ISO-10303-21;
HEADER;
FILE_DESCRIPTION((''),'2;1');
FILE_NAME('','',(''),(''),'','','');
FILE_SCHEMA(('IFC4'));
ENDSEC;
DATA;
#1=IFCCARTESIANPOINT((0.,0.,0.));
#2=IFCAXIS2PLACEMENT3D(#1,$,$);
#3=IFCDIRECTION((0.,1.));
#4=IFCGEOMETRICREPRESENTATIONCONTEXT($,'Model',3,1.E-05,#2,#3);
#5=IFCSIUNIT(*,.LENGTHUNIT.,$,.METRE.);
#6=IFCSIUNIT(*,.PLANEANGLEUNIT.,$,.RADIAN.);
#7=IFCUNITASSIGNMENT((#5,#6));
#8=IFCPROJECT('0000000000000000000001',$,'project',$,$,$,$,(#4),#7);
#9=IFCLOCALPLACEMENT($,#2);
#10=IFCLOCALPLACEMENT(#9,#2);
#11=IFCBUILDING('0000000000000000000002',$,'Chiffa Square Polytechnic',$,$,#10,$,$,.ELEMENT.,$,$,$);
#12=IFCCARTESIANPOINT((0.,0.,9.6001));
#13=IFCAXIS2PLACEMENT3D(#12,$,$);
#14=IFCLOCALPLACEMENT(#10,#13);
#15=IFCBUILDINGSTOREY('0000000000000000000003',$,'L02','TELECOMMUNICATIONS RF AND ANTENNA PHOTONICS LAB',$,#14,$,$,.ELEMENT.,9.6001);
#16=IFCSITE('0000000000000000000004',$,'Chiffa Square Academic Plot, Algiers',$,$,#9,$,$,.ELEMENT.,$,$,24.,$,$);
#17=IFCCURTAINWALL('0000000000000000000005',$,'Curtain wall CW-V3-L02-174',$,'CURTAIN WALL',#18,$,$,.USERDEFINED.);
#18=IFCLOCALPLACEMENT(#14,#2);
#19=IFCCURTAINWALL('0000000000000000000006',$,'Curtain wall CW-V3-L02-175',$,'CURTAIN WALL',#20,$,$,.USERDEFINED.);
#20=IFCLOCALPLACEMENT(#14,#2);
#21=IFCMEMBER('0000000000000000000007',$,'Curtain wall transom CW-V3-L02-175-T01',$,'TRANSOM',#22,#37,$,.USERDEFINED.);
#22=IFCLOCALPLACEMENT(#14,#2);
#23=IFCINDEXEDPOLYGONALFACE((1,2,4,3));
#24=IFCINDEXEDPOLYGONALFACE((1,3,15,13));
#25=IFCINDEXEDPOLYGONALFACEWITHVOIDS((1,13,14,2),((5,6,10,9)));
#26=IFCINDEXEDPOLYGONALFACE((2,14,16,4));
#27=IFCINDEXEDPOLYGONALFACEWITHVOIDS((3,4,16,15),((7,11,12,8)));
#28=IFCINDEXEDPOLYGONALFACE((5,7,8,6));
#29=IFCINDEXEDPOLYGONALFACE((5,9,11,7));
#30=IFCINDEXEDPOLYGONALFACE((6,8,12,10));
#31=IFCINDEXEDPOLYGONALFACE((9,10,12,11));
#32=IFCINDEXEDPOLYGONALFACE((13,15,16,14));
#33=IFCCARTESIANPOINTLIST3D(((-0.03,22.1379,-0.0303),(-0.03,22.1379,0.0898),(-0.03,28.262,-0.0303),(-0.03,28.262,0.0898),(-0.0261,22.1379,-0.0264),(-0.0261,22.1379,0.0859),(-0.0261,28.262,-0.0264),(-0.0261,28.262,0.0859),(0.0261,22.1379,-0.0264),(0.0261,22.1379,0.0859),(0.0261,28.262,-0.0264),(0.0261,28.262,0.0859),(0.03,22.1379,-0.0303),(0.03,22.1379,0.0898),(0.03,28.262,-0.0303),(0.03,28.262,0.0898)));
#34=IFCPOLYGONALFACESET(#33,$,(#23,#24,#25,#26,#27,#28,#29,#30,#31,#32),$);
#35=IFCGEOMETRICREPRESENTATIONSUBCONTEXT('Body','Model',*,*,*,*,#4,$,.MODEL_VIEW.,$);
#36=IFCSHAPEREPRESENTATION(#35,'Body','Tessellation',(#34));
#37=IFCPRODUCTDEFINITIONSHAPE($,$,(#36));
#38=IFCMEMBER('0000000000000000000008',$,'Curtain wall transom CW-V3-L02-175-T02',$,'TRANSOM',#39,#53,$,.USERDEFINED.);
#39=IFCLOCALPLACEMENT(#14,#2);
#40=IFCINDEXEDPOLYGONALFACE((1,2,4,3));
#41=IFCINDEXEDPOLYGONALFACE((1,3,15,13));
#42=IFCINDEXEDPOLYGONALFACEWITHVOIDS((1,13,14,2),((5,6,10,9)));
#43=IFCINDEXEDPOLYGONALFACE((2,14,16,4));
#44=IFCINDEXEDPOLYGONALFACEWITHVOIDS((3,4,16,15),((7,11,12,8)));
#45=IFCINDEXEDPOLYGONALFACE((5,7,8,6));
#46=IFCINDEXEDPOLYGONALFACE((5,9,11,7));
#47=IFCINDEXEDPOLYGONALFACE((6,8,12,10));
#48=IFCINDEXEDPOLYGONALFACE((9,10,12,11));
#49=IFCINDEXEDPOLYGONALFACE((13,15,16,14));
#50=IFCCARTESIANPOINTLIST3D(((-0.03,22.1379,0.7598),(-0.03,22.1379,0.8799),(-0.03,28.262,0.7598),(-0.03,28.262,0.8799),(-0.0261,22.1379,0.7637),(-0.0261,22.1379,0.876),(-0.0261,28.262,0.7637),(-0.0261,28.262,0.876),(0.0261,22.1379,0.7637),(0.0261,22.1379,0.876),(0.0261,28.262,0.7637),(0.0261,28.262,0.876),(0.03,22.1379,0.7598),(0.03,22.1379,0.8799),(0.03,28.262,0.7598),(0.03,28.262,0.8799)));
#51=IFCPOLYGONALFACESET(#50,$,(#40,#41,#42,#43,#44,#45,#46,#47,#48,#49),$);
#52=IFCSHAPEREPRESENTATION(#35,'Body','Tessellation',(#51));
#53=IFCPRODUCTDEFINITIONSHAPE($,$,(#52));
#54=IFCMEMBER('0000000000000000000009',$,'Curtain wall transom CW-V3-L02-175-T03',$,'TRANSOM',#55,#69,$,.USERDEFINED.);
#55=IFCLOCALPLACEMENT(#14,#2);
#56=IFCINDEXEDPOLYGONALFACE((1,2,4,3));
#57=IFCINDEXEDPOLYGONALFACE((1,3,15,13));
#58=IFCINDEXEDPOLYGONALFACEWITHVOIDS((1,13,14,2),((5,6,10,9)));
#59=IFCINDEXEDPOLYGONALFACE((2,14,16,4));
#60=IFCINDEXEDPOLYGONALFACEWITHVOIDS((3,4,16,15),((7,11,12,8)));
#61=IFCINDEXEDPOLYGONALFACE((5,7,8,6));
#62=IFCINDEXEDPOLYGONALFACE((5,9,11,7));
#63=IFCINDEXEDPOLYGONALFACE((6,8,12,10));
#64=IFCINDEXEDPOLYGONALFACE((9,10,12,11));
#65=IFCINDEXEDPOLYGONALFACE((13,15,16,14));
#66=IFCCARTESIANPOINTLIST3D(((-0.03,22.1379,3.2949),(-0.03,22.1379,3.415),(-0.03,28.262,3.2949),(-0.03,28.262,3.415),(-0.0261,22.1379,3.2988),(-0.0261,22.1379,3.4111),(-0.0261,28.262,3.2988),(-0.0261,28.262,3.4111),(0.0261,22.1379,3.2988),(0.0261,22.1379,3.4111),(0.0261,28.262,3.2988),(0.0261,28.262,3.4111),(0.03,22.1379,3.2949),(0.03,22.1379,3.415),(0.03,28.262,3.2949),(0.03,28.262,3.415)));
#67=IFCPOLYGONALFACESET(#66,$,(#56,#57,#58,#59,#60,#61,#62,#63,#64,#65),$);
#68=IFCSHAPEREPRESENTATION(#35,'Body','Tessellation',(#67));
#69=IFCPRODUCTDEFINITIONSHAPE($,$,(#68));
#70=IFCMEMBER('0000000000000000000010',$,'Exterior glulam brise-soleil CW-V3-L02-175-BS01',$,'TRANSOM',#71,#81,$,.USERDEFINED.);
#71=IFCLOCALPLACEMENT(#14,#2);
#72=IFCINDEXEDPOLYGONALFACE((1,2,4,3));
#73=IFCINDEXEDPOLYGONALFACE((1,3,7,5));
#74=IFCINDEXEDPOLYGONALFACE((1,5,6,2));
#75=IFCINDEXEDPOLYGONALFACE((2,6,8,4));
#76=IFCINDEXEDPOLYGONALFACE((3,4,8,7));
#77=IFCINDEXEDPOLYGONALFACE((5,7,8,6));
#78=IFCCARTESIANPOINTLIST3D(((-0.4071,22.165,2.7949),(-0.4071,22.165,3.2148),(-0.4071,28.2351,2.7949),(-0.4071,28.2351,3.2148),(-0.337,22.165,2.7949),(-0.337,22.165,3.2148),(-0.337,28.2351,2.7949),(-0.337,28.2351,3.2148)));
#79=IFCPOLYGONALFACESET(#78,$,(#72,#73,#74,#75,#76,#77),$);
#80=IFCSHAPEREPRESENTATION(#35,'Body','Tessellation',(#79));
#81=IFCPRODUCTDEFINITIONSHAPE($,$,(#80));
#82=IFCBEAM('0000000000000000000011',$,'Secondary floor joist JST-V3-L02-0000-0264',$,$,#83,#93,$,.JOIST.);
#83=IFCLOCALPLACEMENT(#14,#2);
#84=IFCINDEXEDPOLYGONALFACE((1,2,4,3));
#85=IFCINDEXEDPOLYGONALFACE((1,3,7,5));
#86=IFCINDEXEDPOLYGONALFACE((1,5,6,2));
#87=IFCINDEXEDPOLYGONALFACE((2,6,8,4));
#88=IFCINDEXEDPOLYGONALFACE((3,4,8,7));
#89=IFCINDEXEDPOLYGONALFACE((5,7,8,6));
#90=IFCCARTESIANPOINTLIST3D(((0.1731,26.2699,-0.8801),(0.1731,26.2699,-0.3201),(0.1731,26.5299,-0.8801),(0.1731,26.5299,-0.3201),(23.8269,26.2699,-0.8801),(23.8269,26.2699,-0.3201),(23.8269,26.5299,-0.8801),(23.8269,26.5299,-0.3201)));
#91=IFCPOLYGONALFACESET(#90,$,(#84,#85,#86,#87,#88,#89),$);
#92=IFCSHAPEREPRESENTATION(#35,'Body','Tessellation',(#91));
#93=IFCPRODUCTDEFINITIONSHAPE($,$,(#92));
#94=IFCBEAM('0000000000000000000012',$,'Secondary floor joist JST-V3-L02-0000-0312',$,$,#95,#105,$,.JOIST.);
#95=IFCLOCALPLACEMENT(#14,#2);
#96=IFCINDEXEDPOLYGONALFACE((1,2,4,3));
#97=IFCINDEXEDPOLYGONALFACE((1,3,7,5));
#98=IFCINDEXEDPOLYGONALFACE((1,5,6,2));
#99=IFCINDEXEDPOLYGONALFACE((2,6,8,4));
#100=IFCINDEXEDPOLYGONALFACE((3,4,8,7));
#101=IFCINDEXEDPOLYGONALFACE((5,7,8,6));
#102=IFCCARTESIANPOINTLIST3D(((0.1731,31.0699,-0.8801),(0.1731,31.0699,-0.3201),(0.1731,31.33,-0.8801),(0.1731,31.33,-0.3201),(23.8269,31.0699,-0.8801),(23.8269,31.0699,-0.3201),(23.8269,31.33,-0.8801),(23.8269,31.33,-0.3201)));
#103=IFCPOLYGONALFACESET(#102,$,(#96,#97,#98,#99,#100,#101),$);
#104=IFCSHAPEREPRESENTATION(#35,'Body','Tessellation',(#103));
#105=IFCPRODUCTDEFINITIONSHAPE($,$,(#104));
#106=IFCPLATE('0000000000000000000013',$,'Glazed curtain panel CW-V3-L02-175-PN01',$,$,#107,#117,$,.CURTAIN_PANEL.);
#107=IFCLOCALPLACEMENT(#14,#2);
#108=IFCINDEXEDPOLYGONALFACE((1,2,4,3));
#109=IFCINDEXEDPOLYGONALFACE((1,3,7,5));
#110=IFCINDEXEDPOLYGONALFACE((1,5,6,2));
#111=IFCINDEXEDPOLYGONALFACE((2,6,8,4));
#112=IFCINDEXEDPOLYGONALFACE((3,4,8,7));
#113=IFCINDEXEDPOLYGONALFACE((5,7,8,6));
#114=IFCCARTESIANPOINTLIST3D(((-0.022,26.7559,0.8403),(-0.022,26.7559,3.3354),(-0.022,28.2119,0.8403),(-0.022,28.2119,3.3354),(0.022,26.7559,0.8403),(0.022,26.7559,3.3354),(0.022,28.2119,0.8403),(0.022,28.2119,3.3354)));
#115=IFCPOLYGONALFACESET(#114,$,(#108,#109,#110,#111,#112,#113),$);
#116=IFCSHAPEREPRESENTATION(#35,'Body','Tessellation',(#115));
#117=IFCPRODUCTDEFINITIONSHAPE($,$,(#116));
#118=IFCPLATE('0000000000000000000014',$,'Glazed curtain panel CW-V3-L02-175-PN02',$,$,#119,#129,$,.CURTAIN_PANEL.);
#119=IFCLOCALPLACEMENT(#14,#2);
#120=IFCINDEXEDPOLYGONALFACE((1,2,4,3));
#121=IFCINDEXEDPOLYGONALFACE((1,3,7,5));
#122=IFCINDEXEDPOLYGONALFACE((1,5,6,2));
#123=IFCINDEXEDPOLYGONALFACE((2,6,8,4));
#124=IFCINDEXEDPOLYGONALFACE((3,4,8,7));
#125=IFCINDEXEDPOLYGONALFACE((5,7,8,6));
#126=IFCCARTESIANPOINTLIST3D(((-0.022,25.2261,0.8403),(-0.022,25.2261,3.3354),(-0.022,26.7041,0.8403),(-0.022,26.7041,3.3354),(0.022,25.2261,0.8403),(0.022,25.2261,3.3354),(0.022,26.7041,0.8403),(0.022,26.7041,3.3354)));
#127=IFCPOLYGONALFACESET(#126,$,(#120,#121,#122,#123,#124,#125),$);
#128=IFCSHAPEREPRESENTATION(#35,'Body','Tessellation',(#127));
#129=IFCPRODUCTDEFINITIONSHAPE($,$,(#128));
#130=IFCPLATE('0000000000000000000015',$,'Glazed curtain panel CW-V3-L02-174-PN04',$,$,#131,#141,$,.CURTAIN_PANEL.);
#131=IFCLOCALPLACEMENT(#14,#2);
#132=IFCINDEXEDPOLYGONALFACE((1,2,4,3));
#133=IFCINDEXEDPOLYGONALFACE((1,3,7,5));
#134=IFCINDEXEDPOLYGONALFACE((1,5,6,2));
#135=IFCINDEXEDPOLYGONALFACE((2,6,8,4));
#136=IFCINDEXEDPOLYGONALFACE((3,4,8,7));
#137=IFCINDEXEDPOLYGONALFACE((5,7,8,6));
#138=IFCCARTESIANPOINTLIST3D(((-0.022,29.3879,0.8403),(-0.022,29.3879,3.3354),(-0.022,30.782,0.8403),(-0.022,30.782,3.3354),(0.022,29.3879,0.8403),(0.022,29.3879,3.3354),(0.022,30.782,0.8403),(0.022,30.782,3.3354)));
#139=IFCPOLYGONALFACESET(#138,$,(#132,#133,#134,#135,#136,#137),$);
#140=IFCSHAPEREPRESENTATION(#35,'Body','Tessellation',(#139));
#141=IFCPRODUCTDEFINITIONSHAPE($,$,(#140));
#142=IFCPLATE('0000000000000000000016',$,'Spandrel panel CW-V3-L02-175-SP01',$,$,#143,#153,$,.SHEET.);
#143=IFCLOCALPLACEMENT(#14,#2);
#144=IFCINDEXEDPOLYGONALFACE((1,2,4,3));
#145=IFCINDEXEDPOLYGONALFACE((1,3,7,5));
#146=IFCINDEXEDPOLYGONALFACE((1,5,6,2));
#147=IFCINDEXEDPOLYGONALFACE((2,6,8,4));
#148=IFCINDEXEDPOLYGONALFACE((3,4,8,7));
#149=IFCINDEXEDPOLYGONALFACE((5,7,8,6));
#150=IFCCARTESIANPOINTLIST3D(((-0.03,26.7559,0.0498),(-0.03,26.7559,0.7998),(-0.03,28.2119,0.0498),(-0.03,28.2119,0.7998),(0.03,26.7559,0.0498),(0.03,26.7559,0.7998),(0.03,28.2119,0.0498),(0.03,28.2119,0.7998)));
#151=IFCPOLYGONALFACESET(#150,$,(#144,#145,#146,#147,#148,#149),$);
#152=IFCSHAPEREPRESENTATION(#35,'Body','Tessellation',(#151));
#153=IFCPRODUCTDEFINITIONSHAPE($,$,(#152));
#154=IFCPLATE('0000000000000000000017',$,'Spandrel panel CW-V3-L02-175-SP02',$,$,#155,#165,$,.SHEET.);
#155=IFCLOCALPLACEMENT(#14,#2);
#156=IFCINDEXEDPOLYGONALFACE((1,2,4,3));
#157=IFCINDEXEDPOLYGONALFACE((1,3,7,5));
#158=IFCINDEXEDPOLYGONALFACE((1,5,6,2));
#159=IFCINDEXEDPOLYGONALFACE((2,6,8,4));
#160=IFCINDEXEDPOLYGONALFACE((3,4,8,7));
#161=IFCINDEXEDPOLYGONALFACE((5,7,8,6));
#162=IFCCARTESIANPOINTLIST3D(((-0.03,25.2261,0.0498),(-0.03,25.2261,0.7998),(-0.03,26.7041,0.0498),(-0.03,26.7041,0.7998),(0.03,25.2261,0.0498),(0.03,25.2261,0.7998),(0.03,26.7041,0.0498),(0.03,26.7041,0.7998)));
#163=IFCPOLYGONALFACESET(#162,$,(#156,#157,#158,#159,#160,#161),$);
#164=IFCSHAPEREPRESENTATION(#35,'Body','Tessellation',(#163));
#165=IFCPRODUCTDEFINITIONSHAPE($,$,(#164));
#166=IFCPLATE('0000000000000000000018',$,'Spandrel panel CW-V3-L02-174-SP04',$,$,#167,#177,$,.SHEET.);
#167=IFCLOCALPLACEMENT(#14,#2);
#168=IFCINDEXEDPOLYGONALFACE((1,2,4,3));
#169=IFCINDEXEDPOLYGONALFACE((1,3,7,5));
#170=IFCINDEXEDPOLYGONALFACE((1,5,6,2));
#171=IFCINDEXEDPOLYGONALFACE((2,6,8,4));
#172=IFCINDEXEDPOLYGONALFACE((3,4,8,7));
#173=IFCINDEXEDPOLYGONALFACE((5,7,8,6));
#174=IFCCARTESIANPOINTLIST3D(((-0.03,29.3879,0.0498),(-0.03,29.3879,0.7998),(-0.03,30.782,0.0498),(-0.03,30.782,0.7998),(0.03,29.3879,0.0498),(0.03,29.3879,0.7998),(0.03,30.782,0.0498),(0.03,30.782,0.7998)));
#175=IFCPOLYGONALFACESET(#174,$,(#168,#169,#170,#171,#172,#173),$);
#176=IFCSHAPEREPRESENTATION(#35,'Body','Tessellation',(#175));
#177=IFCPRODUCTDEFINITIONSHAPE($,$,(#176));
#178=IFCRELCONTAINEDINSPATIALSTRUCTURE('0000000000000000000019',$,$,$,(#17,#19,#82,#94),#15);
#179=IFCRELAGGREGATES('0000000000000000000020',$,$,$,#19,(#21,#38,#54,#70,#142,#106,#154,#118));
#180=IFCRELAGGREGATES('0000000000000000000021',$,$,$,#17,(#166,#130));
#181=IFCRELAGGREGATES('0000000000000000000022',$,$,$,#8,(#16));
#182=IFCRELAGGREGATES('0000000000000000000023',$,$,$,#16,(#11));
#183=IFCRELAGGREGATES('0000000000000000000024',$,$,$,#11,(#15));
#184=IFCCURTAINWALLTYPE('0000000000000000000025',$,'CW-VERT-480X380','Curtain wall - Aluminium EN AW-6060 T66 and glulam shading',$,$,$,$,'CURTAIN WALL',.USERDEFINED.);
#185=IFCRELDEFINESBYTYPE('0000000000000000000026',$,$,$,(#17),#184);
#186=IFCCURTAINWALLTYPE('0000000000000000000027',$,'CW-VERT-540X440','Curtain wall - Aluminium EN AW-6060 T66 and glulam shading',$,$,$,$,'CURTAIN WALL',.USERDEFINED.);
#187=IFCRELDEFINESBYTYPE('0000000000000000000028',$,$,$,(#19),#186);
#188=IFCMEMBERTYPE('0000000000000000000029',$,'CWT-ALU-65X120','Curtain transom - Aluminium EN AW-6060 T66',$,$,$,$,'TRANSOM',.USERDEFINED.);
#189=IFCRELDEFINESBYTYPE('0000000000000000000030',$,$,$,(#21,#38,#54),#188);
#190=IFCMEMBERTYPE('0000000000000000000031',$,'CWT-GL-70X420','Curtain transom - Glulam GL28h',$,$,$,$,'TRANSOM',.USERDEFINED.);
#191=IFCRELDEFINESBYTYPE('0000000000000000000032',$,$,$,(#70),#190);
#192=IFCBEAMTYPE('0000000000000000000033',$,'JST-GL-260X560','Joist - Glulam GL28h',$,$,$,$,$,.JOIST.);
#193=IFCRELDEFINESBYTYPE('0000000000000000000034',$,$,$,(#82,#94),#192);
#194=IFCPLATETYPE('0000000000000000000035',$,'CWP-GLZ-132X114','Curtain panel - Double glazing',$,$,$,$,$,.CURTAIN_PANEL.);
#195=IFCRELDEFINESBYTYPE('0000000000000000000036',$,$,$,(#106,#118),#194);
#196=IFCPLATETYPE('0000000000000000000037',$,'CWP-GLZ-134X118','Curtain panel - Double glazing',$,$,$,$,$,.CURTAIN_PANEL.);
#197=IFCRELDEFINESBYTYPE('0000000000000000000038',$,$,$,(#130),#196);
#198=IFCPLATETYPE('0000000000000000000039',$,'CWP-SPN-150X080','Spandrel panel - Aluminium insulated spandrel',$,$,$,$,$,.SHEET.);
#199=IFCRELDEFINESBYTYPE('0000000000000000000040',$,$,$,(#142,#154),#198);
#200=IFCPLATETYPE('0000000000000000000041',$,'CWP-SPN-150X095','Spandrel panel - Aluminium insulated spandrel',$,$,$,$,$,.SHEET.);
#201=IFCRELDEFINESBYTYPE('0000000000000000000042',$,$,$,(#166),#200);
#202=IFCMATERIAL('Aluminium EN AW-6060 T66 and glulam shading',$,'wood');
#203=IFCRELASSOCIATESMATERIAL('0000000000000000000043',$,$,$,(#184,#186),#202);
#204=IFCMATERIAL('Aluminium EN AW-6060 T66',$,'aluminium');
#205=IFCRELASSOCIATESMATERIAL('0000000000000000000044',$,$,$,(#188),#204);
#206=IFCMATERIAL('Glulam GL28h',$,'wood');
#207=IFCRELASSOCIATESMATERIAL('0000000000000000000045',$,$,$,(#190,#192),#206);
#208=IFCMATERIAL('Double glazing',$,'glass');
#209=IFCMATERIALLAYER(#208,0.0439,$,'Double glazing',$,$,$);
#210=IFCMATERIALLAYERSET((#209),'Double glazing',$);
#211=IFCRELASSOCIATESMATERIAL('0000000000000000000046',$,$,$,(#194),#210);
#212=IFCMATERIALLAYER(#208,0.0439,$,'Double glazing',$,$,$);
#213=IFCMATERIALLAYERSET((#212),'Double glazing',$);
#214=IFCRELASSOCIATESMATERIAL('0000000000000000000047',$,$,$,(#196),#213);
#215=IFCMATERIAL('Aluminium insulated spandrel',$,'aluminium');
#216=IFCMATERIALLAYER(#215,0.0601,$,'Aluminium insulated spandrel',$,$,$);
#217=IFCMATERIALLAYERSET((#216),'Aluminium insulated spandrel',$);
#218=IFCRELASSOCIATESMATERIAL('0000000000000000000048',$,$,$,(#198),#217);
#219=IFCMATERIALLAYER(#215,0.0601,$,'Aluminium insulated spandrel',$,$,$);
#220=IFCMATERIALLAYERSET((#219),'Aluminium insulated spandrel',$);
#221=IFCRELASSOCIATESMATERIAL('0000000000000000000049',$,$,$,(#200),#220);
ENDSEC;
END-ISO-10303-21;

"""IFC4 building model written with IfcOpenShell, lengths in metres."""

from ifc_helpers import new_model, si_unit, direction, frame, origin, origin_2d, place, context, subcontext, project, spatial, rectangle, hollow_rectangle, extrude, material, layer, layer_set, material_profile, profile_set, type_object, element, aggregate, save


model = new_model("IFC4")

# Units and contexts
model_context = context("Model", 3, precision=1e-05, world=origin(), true_north=direction((0.0, 1.0)))
body_context = subcontext(model_context, "Body", "Model", "MODEL_VIEW")
ifc_project = project(units=[si_unit("LENGTHUNIT", "METRE"), si_unit("PLANEANGLEUNIT", "RADIAN")], contexts=[model_context])

# Site, building, storey
site_placement = place(None, origin())
site = spatial("IfcSite", under=ifc_project, at=site_placement, Name="Chiffa Square Academic Plot, Algiers", CompositionType="ELEMENT", RefElevation=24.0)
building_placement = place(site_placement, origin())
building = spatial("IfcBuilding", under=site, at=building_placement, Name="Chiffa Square Polytechnic", CompositionType="ELEMENT")
storey_placement = place(building_placement, frame((0.0, 0.0, 9.6001)))
storey = spatial("IfcBuildingStorey", under=building, at=storey_placement, Name="L02", Description="TELECOMMUNICATIONS RF AND ANTENNA PHOTONICS LAB", CompositionType="ELEMENT", Elevation=9.6001)

# Curtain walls
ifc_material_1 = material(Name="Aluminium EN AW-6060 T66 and glulam shading", Category="wood")
curtain_wall_type_1 = type_object("IfcCurtainWallType", Name="CW-VERT-480X380", Description="Curtain wall - Aluminium EN AW-6060 T66 and glulam shading", ElementType="CURTAIN WALL", PredefinedType="USERDEFINED", material=ifc_material_1)
curtain_wall_1_placement = place(storey_placement, origin())
curtain_wall_1 = element("IfcCurtainWall", 1, at=curtain_wall_1_placement, inside=storey, type_object=curtain_wall_type_1, Name="Curtain wall CW-V3-L02-174", ObjectType="CURTAIN WALL", PredefinedType="USERDEFINED")
ifc_material_2 = material(Name="Aluminium EN AW-6060 T66", Category="aluminium")
curtain_wall_type_2 = type_object("IfcCurtainWallType", Name="CW-VERT-540X440", Description="Curtain wall - Aluminium EN AW-6060 T66 and glulam shading", ElementType="CURTAIN WALL", PredefinedType="USERDEFINED", material=ifc_material_1)
curtain_wall_2_placement = place(storey_placement, origin())
curtain_wall_2 = element("IfcCurtainWall", 2, at=curtain_wall_2_placement, inside=storey, type_object=curtain_wall_type_2, Name="Curtain wall CW-V3-L02-175", ObjectType="CURTAIN WALL", PredefinedType="USERDEFINED")

# Members
ifc_material_3 = material(Name="Glulam GL28h", Category="wood")
ifc_material_profile_1 = material_profile(ifc_material_2, hollow_rectangle(XDim=0.0601, YDim=0.1201, WallThickness=0.0039, at=origin_2d()), Name="ALU 60x120x4")
ifc_profile_set_1 = profile_set([ifc_material_profile_1], Name="Aluminium EN AW-6060 T66")
member_type_1 = type_object("IfcMemberType", Name="CWT-ALU-65X120", Description="Curtain transom - Aluminium EN AW-6060 T66", ElementType="TRANSOM", PredefinedType="USERDEFINED", material=ifc_profile_set_1)
member_1_placement = place(storey_placement, frame((0.0, 28.262, 0.0298), z_axis=(0.0, -1.0, 0.0), x_axis=(1.0, 0.0, 0.0)))
member_1 = element("IfcMember", 3, at=member_1_placement, type_object=member_type_1, Name="Curtain wall transom CW-V3-L02-175-T01", ObjectType="TRANSOM", PredefinedType="USERDEFINED", context=body_context, shape_type="SweptSolid", body=[
    extrude(hollow_rectangle(XDim=0.0601, YDim=0.1201, WallThickness=0.0039, at=origin_2d()), origin(), (0.0, 0.0, 1.0), 6.124),
])
member_2_placement = place(storey_placement, frame((0.0, 28.262, 0.8198), z_axis=(0.0, -1.0, 0.0), x_axis=(1.0, 0.0, 0.0)))
member_2 = element("IfcMember", 4, at=member_2_placement, type_object=member_type_1, Name="Curtain wall transom CW-V3-L02-175-T02", ObjectType="TRANSOM", PredefinedType="USERDEFINED", context=body_context, shape_type="SweptSolid", body=[
    extrude(hollow_rectangle(XDim=0.0601, YDim=0.1201, WallThickness=0.0039, at=origin_2d()), origin(), (0.0, 0.0, 1.0), 6.124),
])
member_3_placement = place(storey_placement, frame((0.0, 28.262, 3.355), z_axis=(0.0, -1.0, 0.0), x_axis=(1.0, 0.0, 0.0)))
member_3 = element("IfcMember", 5, at=member_3_placement, type_object=member_type_1, Name="Curtain wall transom CW-V3-L02-175-T03", ObjectType="TRANSOM", PredefinedType="USERDEFINED", context=body_context, shape_type="SweptSolid", body=[
    extrude(hollow_rectangle(XDim=0.0601, YDim=0.1201, WallThickness=0.0039, at=origin_2d()), origin(), (0.0, 0.0, 1.0), 6.124),
])
ifc_material_profile_2 = material_profile(ifc_material_3, rectangle(XDim=0.0701, YDim=0.4199, at=origin_2d()), Name="GL28h 70x420")
ifc_profile_set_2 = profile_set([ifc_material_profile_2], Name="Glulam GL28h")
member_type_2 = type_object("IfcMemberType", Name="CWT-GL-70X420", Description="Curtain transom - Glulam GL28h", ElementType="TRANSOM", PredefinedType="USERDEFINED", material=ifc_profile_set_2)
member_4_placement = place(storey_placement, frame((-0.3721, 28.2351, 3.0049), z_axis=(0.0, -1.0, 0.0), x_axis=(1.0, 0.0, 0.0)))
member_4 = element("IfcMember", 6, at=member_4_placement, type_object=member_type_2, Name="Exterior glulam brise-soleil CW-V3-L02-175-BS01", ObjectType="TRANSOM", PredefinedType="USERDEFINED", context=body_context, shape_type="SweptSolid", body=[
    extrude(rectangle(XDim=0.0701, YDim=0.4199, at=origin_2d()), origin(), (0.0, 0.0, 1.0), 6.0701),
])

# Beams
ifc_material_profile_3 = material_profile(ifc_material_3, rectangle(XDim=0.26, YDim=0.5601, at=origin_2d()), Name="GL28h 260x560")
ifc_profile_set_3 = profile_set([ifc_material_profile_3], Name="Glulam GL28h")
beam_type_1 = type_object("IfcBeamType", Name="JST-GL-260X560", Description="Joist - Glulam GL28h", PredefinedType="JOIST", material=ifc_profile_set_3)
for number, where, z_axis, x_axis, name in (
    (7, (0.1731, 26.3999, -0.6001), (1.0, 0.0, 0.0), (0.0, 1.0, 0.0), "Secondary floor joist JST-V3-L02-0000-0264"),
    (8, (0.1731, 31.2, -0.6001), (1.0, 0.0, 0.0), (0.0, 1.0, 0.0), "Secondary floor joist JST-V3-L02-0000-0312"),
):
    element("IfcBeam", number, at=place(storey_placement, frame(where, z_axis=z_axis, x_axis=x_axis)), inside=storey, type_object=beam_type_1, Name=name, PredefinedType="JOIST", context=body_context, shape_type="SweptSolid", body=[
        extrude(rectangle(XDim=0.26, YDim=0.5601, at=origin_2d()), origin(), (0.0, 0.0, 1.0), 23.6538),
    ])

# Plates
ifc_material_4 = material(Name="Double glazing", Category="glass")
ifc_layer_1 = layer(ifc_material_4, 0.0439, Name="Double glazing")
ifc_layer_set_1 = layer_set([ifc_layer_1], Name="Double glazing")
plate_type_1 = type_object("IfcPlateType", Name="CWP-GLZ-132X114", Description="Curtain panel - Double glazing", PredefinedType="CURTAIN_PANEL", material=ifc_layer_set_1)
plate_1_placement = place(storey_placement, frame((0.0, 27.4839, 0.8403), z_axis=(0.0, 0.0, 1.0), x_axis=(0.0, -1.0, 0.0)))
plate_1 = element("IfcPlate", 9, at=plate_1_placement, type_object=plate_type_1, Name="Glazed curtain panel CW-V3-L02-175-PN01", PredefinedType="CURTAIN_PANEL", context=body_context, shape_type="SweptSolid", body=[
    extrude(rectangle(XDim=1.4561, YDim=0.0439, at=origin_2d()), origin(), (0.0, 0.0, 1.0), 2.4951),
])
plate_2_placement = place(storey_placement, frame((0.0, 25.9651, 0.8403), z_axis=(0.0, 0.0, 1.0), x_axis=(0.0, -1.0, 0.0)))
plate_2 = element("IfcPlate", 10, at=plate_2_placement, type_object=plate_type_1, Name="Glazed curtain panel CW-V3-L02-175-PN02", PredefinedType="CURTAIN_PANEL", context=body_context, shape_type="SweptSolid", body=[
    extrude(rectangle(XDim=1.478, YDim=0.0439, at=origin_2d()), origin(), (0.0, 0.0, 1.0), 2.4951),
])
ifc_layer_2 = layer(ifc_material_4, 0.0439, Name="Double glazing")
ifc_layer_set_2 = layer_set([ifc_layer_2], Name="Double glazing")
plate_type_2 = type_object("IfcPlateType", Name="CWP-GLZ-134X118", Description="Curtain panel - Double glazing", PredefinedType="CURTAIN_PANEL", material=ifc_layer_set_2)
plate_3_placement = place(storey_placement, frame((0.0, 30.085, 0.8403), z_axis=(0.0, 0.0, 1.0), x_axis=(0.0, -1.0, 0.0)))
plate_3 = element("IfcPlate", 11, at=plate_3_placement, type_object=plate_type_2, Name="Glazed curtain panel CW-V3-L02-174-PN04", PredefinedType="CURTAIN_PANEL", context=body_context, shape_type="SweptSolid", body=[
    extrude(rectangle(XDim=1.394, YDim=0.0439, at=origin_2d()), origin(), (0.0, 0.0, 1.0), 2.4951),
])
ifc_material_5 = material(Name="Aluminium insulated spandrel", Category="aluminium")
ifc_layer_3 = layer(ifc_material_5, 0.0601, Name="Aluminium insulated spandrel")
ifc_layer_set_3 = layer_set([ifc_layer_3], Name="Aluminium insulated spandrel")
plate_type_3 = type_object("IfcPlateType", Name="CWP-SPN-150X080", Description="Spandrel panel - Aluminium insulated spandrel", PredefinedType="SHEET", material=ifc_layer_set_3)
plate_4_placement = place(storey_placement, frame((0.0, 27.4839, 0.0498), z_axis=(0.0, 0.0, 1.0), x_axis=(0.0, -1.0, 0.0)))
plate_4 = element("IfcPlate", 12, at=plate_4_placement, type_object=plate_type_3, Name="Spandrel panel CW-V3-L02-175-SP01", PredefinedType="SHEET", context=body_context, shape_type="SweptSolid", body=[
    extrude(rectangle(XDim=1.4561, YDim=0.0601, at=origin_2d()), origin(), (0.0, 0.0, 1.0), 0.75),
])
plate_5_placement = place(storey_placement, frame((0.0, 25.9651, 0.0498), z_axis=(0.0, 0.0, 1.0), x_axis=(0.0, -1.0, 0.0)))
plate_5 = element("IfcPlate", 13, at=plate_5_placement, type_object=plate_type_3, Name="Spandrel panel CW-V3-L02-175-SP02", PredefinedType="SHEET", context=body_context, shape_type="SweptSolid", body=[
    extrude(rectangle(XDim=1.478, YDim=0.0601, at=origin_2d()), origin(), (0.0, 0.0, 1.0), 0.75),
])
aggregate(curtain_wall_2, [member_1, member_2, member_3, member_4, plate_4, plate_1, plate_5, plate_2])
ifc_layer_4 = layer(ifc_material_5, 0.0601, Name="Aluminium insulated spandrel")
ifc_layer_set_4 = layer_set([ifc_layer_4], Name="Aluminium insulated spandrel")
plate_type_4 = type_object("IfcPlateType", Name="CWP-SPN-150X095", Description="Spandrel panel - Aluminium insulated spandrel", PredefinedType="SHEET", material=ifc_layer_set_4)
plate_6_placement = place(storey_placement, frame((0.0, 30.085, 0.0498), z_axis=(0.0, 0.0, 1.0), x_axis=(0.0, -1.0, 0.0)))
plate_6 = element("IfcPlate", 14, at=plate_6_placement, type_object=plate_type_4, Name="Spandrel panel CW-V3-L02-174-SP04", PredefinedType="SHEET", context=body_context, shape_type="SweptSolid", body=[
    extrude(rectangle(XDim=1.394, YDim=0.0601, at=origin_2d()), origin(), (0.0, 0.0, 1.0), 0.75),
])
aggregate(curtain_wall_1, [plate_6, plate_3])

save(model, "model.ifc")
